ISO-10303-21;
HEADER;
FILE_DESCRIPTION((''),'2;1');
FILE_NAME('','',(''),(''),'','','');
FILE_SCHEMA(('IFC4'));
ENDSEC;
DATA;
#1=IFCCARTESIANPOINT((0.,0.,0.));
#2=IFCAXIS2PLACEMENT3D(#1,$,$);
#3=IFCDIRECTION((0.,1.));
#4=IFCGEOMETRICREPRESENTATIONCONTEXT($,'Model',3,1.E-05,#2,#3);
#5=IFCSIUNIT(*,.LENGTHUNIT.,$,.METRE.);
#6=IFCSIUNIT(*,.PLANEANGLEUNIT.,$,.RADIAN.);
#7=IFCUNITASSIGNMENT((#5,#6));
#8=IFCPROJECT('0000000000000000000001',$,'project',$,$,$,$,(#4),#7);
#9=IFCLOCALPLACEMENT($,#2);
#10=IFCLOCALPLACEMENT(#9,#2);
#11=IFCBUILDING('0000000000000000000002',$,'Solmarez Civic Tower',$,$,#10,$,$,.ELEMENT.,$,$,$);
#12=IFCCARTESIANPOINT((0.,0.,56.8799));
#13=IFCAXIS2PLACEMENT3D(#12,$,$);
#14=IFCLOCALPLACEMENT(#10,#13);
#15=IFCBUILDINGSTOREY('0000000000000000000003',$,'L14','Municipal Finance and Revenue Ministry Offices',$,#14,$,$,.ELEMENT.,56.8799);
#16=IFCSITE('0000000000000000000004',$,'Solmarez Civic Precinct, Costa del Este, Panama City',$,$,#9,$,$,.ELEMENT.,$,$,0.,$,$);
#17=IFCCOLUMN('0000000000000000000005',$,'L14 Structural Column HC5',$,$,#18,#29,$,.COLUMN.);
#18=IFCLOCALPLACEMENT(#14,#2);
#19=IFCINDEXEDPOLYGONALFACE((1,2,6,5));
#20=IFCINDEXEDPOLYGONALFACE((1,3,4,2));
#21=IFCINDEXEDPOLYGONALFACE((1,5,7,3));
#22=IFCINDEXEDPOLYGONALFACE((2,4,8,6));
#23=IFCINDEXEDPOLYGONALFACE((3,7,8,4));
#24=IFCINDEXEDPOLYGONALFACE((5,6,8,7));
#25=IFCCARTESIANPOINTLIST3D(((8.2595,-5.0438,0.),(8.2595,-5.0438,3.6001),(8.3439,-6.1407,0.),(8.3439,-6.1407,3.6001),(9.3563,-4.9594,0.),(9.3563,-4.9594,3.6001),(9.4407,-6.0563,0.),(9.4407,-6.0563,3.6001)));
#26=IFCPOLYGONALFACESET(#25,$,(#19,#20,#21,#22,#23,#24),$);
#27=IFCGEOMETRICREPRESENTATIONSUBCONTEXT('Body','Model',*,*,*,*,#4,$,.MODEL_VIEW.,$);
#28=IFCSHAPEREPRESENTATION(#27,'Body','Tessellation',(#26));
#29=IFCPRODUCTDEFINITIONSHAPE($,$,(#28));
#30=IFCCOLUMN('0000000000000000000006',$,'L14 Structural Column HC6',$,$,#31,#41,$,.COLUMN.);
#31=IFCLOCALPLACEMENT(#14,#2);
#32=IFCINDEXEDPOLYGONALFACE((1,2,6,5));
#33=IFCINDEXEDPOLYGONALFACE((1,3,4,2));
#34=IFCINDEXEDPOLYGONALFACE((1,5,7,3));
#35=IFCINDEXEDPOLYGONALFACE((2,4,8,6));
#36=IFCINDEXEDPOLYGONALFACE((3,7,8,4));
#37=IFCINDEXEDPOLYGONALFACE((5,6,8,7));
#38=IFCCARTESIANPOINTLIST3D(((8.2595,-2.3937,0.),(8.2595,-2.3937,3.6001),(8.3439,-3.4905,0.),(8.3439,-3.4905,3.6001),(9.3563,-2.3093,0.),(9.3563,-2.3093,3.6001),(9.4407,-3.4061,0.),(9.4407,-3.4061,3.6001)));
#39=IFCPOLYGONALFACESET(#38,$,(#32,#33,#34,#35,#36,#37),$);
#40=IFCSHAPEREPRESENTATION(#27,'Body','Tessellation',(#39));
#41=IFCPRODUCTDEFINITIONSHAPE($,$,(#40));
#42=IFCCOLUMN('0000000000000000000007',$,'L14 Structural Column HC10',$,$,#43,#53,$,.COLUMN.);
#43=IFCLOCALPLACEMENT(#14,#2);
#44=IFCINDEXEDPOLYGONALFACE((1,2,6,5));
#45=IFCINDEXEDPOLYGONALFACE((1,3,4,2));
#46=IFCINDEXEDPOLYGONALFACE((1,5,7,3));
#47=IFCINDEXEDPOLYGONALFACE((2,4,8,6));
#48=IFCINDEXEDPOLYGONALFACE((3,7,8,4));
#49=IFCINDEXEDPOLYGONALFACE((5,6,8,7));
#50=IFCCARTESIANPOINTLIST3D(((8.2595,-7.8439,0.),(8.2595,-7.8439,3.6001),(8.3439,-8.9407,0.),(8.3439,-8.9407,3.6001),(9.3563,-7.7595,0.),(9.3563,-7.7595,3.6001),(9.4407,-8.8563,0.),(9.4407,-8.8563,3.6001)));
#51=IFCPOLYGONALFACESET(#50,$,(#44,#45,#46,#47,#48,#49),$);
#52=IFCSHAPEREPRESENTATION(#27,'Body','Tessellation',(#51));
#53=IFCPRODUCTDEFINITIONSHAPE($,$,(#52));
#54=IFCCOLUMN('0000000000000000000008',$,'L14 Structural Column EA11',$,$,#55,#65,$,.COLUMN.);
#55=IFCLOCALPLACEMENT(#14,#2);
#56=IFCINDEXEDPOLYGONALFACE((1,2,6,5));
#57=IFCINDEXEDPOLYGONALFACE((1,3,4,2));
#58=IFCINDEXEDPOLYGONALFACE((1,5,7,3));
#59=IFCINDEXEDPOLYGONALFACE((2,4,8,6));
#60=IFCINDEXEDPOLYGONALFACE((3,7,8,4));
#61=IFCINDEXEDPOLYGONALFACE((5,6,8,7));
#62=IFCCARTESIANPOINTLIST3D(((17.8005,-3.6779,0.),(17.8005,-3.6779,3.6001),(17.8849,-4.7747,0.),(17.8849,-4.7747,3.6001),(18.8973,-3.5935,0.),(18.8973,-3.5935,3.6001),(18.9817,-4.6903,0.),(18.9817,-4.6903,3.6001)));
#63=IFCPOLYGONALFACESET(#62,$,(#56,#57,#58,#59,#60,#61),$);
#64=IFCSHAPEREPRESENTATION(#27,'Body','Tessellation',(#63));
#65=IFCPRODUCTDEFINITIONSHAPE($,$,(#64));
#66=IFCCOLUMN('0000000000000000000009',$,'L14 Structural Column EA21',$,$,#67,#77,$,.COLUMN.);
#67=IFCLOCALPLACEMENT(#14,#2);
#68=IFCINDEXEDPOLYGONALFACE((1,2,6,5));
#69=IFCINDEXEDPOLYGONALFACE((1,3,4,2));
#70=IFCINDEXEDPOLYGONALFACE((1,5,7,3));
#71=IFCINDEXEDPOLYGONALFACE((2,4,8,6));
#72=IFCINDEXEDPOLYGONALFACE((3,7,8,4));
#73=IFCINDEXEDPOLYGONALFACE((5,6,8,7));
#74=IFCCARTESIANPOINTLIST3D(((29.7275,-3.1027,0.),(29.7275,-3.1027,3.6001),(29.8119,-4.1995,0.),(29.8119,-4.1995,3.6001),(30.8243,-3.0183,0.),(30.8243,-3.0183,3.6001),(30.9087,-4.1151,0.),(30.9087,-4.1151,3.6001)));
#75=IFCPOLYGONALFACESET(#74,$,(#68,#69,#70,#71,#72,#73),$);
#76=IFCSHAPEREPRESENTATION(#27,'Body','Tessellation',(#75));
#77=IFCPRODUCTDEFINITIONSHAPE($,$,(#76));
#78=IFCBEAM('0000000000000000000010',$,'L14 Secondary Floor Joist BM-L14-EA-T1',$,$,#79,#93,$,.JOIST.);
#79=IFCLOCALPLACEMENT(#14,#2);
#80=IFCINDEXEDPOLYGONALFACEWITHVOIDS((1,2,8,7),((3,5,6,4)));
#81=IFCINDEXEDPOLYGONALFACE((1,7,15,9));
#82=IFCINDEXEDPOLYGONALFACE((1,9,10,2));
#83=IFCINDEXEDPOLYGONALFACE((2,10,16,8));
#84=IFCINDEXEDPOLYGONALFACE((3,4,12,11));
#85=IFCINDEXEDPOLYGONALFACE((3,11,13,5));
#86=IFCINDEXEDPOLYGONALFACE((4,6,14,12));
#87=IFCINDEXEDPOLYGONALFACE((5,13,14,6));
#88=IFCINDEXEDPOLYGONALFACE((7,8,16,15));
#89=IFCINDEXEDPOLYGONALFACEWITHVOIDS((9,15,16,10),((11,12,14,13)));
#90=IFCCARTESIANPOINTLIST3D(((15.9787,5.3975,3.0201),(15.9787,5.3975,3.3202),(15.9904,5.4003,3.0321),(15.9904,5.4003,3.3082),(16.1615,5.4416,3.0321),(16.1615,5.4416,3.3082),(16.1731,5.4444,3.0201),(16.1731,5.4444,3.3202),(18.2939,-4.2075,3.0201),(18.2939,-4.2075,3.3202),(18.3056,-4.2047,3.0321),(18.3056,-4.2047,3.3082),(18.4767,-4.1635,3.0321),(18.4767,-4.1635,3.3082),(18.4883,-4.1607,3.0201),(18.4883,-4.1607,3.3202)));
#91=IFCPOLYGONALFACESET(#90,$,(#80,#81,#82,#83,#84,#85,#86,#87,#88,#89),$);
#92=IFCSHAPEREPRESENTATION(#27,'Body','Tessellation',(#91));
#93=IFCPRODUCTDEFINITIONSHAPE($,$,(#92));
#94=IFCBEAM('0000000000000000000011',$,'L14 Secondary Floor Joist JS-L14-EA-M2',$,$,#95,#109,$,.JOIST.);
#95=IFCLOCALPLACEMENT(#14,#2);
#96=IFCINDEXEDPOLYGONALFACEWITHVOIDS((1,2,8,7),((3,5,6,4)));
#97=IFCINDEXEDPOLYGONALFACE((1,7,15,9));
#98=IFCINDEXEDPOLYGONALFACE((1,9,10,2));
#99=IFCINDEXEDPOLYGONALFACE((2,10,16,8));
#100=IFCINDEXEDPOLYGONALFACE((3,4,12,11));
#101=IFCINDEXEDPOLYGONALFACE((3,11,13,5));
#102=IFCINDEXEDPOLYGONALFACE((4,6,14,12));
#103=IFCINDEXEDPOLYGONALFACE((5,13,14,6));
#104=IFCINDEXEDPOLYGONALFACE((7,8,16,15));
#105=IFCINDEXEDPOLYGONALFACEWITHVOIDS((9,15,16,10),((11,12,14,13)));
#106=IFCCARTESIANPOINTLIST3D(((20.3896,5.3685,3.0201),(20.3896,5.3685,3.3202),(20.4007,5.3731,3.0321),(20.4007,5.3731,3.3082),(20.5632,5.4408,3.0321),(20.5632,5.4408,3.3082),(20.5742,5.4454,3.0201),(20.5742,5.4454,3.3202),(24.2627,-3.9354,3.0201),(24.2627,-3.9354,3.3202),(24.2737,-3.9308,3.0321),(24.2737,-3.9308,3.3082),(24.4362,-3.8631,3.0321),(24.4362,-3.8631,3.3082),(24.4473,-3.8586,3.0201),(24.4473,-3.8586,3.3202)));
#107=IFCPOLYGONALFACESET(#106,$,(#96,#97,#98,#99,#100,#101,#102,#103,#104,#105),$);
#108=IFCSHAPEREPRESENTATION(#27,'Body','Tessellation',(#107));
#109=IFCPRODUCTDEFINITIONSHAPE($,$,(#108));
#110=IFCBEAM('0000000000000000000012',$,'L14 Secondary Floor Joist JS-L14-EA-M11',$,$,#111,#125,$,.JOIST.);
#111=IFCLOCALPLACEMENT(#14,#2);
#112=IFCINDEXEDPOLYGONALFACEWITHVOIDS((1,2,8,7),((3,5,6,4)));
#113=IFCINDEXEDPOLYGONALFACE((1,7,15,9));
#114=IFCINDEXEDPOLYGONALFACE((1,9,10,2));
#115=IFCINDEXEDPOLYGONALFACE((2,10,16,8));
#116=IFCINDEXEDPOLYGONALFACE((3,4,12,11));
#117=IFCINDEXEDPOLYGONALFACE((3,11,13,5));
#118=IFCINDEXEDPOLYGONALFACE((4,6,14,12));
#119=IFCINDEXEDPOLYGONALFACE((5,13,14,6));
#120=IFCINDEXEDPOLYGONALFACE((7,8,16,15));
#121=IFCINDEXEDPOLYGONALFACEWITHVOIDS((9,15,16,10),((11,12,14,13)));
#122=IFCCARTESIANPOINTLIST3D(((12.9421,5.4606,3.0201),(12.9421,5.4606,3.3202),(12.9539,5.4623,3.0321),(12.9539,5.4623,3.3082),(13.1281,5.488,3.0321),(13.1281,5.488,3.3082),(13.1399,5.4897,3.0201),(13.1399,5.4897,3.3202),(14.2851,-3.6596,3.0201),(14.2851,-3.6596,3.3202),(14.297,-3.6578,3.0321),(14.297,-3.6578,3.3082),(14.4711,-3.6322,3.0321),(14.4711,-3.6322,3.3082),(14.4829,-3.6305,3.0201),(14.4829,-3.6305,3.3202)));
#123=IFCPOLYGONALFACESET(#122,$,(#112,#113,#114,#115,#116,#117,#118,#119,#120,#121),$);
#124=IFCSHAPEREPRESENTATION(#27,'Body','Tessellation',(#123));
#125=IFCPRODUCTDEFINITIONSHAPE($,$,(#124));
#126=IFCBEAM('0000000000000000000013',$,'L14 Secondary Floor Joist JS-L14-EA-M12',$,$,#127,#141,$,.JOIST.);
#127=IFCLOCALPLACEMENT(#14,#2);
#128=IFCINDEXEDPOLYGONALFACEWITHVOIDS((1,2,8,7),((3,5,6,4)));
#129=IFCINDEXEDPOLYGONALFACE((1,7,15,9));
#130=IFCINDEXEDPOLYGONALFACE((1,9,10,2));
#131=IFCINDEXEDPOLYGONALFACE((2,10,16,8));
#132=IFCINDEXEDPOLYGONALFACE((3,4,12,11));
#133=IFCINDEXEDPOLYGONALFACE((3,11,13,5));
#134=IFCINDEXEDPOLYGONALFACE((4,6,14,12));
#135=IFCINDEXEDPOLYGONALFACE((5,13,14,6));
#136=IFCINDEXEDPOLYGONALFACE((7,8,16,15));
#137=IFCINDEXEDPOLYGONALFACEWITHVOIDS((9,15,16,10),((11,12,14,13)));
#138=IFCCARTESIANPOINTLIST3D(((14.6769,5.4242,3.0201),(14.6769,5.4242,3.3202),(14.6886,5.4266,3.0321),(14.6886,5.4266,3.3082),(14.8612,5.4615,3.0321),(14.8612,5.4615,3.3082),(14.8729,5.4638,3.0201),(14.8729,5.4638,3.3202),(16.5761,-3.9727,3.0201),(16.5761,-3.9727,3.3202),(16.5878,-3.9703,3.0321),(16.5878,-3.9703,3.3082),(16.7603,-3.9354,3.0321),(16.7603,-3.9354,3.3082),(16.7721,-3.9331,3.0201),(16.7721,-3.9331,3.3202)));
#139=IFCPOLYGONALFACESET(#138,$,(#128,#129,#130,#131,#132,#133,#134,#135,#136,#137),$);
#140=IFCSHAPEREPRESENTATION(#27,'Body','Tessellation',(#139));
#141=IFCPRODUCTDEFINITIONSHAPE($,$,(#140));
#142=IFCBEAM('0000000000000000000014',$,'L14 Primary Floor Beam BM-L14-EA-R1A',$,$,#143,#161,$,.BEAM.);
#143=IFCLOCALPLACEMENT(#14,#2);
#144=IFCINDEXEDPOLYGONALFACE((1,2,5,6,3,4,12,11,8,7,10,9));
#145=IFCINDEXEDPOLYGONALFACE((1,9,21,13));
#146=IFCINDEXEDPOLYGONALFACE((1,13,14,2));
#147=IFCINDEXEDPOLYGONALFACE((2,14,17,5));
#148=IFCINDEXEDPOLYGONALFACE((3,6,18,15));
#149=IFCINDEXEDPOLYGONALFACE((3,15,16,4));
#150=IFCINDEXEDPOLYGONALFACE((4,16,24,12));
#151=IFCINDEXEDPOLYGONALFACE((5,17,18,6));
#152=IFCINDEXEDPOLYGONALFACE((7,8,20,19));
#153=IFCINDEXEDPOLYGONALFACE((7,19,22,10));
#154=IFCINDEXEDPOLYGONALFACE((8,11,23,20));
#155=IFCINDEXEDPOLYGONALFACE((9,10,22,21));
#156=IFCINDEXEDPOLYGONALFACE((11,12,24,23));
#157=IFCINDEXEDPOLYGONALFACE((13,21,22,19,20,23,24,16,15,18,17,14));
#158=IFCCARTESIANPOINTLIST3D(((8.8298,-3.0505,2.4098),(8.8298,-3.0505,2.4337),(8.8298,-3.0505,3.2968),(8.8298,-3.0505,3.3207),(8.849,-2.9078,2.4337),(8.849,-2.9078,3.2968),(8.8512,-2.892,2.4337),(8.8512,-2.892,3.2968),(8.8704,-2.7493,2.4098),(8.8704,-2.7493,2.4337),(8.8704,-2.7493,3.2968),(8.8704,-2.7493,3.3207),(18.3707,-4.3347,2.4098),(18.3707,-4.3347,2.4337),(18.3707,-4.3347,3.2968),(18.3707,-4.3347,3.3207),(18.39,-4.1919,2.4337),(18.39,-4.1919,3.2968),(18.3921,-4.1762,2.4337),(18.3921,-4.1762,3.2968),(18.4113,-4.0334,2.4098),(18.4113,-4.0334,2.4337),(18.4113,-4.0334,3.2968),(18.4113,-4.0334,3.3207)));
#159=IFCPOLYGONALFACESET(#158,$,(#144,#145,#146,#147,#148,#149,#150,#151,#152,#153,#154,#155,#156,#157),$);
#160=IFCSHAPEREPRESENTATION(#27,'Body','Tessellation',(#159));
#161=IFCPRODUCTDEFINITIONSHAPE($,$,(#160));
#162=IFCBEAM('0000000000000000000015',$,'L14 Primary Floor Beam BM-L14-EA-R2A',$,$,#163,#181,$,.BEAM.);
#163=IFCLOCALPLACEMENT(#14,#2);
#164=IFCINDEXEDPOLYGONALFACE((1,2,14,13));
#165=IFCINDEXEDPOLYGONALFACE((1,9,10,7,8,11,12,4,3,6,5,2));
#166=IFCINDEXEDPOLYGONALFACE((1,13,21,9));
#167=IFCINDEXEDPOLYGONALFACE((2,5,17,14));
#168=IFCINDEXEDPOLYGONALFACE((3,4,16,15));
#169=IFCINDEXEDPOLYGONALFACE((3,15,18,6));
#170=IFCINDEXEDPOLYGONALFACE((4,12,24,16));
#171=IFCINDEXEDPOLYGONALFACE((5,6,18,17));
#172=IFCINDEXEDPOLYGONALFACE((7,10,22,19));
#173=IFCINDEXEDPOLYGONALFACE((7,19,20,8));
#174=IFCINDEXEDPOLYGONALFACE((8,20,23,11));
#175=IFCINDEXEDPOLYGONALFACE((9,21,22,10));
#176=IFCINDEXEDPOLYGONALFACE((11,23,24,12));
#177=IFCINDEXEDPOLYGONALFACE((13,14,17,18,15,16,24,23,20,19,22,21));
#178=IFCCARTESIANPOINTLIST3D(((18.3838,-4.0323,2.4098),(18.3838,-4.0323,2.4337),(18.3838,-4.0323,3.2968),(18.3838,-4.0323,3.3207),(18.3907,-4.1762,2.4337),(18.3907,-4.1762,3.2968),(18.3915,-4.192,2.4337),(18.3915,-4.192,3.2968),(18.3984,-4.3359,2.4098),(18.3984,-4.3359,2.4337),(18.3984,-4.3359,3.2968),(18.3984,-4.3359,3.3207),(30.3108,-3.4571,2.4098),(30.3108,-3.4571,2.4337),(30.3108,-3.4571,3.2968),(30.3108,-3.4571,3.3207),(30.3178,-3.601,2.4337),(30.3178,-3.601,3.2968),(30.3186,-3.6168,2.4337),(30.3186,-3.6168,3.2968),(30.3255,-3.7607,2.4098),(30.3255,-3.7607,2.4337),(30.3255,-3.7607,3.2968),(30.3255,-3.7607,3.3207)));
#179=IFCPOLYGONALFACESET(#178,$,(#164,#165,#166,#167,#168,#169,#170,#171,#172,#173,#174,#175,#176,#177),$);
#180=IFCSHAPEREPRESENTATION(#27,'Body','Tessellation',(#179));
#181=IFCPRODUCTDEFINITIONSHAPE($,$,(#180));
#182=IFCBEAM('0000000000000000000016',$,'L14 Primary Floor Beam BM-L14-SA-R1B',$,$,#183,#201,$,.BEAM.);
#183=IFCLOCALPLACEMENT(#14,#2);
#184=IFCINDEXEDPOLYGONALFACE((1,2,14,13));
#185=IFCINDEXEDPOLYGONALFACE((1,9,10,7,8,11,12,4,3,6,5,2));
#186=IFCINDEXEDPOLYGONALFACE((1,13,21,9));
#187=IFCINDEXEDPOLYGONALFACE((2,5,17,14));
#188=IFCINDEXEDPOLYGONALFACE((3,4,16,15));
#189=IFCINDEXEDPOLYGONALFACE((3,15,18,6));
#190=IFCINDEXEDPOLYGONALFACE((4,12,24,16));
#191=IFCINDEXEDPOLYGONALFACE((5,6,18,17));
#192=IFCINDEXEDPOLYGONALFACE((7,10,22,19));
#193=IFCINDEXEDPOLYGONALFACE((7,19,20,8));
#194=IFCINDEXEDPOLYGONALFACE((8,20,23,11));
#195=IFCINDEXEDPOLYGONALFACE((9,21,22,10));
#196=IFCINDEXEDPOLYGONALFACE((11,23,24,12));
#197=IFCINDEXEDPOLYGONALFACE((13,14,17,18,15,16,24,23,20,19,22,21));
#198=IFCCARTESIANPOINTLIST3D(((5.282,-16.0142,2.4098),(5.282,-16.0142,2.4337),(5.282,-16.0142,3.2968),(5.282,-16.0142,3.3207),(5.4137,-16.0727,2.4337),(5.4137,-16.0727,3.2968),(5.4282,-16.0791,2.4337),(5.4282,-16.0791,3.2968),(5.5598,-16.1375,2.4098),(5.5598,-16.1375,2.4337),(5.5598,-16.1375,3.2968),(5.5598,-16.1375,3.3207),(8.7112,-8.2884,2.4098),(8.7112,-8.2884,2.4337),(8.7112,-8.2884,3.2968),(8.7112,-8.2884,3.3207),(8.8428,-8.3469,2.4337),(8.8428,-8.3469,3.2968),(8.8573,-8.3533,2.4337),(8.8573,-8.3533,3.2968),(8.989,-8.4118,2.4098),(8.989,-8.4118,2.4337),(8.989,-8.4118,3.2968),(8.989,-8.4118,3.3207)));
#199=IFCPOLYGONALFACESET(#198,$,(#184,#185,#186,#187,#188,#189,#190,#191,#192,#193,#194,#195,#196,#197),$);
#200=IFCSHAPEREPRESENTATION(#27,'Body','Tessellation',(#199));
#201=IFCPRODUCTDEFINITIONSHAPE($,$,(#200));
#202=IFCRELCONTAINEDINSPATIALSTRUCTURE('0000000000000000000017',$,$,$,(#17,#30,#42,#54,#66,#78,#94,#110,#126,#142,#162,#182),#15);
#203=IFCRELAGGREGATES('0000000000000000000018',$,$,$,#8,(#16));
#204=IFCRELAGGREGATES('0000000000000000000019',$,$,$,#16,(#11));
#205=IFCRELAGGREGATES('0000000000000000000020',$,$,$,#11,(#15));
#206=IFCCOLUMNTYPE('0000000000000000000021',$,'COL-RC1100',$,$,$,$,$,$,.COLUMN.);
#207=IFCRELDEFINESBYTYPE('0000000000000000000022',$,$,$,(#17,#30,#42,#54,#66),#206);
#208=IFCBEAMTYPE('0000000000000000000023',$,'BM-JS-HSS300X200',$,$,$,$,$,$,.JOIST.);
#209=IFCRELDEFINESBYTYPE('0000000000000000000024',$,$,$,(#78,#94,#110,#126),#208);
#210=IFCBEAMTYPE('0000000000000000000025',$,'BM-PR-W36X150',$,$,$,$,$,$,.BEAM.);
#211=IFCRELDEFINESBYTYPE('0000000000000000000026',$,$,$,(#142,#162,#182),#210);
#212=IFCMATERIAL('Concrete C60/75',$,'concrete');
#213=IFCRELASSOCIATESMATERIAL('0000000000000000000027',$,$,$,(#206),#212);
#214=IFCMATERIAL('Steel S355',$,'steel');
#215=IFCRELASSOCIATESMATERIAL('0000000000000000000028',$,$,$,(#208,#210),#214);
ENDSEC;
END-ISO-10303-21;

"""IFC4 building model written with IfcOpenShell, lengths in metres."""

from ifc_helpers import new_model, si_unit, direction, frame, origin, origin_2d, place, context, subcontext, project, spatial, rectangle, hollow_rectangle, i_section, extrude, material, material_profile, profile_set, type_object, element, save


model = new_model("IFC4")

# Units and contexts
model_context = context("Model", 3, precision=1e-05, world=origin(), true_north=direction((0.0, 1.0)))
body_context = subcontext(model_context, "Body", "Model", "MODEL_VIEW")
ifc_project = project(units=[si_unit("LENGTHUNIT", "METRE"), si_unit("PLANEANGLEUNIT", "RADIAN")], contexts=[model_context])

# Site, building, storey
site_placement = place(None, origin())
site = spatial("IfcSite", under=ifc_project, at=site_placement, Name="Solmarez Civic Precinct, Costa del Este, Panama City", CompositionType="ELEMENT", RefElevation=0.0)
building_placement = place(site_placement, origin())
building = spatial("IfcBuilding", under=site, at=building_placement, Name="Solmarez Civic Tower", CompositionType="ELEMENT")
storey_placement = place(building_placement, frame((0.0, 0.0, 56.8799)))
storey = spatial("IfcBuildingStorey", under=building, at=storey_placement, Name="L14", Description="Municipal Finance and Revenue Ministry Offices", CompositionType="ELEMENT", Elevation=56.8799)

# Columns
ifc_material_1 = material(Name="Concrete C60/75", Category="concrete")
ifc_material_profile_1 = material_profile(ifc_material_1, rectangle(XDim=1.1001, YDim=1.1001, at=origin_2d()), Name="RC1100X1100")
ifc_profile_set_1 = profile_set([ifc_material_profile_1], Name="Concrete C60/75")
column_type = type_object("IfcColumnType", Name="COL-RC1100", PredefinedType="COLUMN", material=ifc_profile_set_1)
for number, where, z_axis, x_axis, name in (
    (1, (8.8501, -5.55, 0.0), (0.0, 0.0, 1.0), (0.997053, 0.076719, 0.0), "L14 Structural Column HC5"),
    (2, (8.8501, -2.8999, 0.0), (0.0, 0.0, 1.0), (0.997053, 0.076719, 0.0), "L14 Structural Column HC6"),
    (3, (8.8501, -8.3501, 0.0), (0.0, 0.0, 1.0), (0.997053, 0.076719, 0.0), "L14 Structural Column HC10"),
    (4, (18.3911, -4.1841, 0.0), (0.0, 0.0, 1.0), (0.997053, 0.076719, 0.0), "L14 Structural Column EA11"),
    (5, (30.3181, -3.6089, 0.0), (0.0, 0.0, 1.0), (0.997053, 0.076719, 0.0), "L14 Structural Column EA21"),
):
    element("IfcColumn", number, at=place(storey_placement, frame(where, z_axis=z_axis, x_axis=x_axis)), inside=storey, type_object=column_type, Name=name, PredefinedType="COLUMN", context=body_context, shape_type="SweptSolid", body=[
        extrude(rectangle(XDim=1.1001, YDim=1.1001, at=origin_2d()), origin(), (0.0, 0.0, 1.0), 3.6001),
    ])

# Beams
ifc_material_2 = material(Name="Steel S355", Category="steel")
ifc_material_profile_2 = material_profile(ifc_material_2, hollow_rectangle(XDim=0.2, YDim=0.3, WallThickness=0.012, at=origin_2d()), Name="HSS300X200X12")
ifc_profile_set_2 = profile_set([ifc_material_profile_2], Name="Steel S355")
beam_type_1 = type_object("IfcBeamType", Name="BM-JS-HSS300X200", PredefinedType="JOIST", material=ifc_profile_set_2)
beam_1_placement = place(storey_placement, frame((18.3911, -4.1841, 3.1702), z_axis=(-0.234329, 0.972157, 0.0), x_axis=(-0.972157, -0.234329, 0.0)))
element("IfcBeam", 6, at=beam_1_placement, inside=storey, type_object=beam_type_1, Name="L14 Secondary Floor Joist BM-L14-EA-T1", PredefinedType="JOIST", context=body_context, shape_type="SweptSolid", body=[
    extrude(hollow_rectangle(XDim=0.2, YDim=0.3, WallThickness=0.012, at=origin_2d()), origin(), (0.0, 0.0, 1.0), 9.8801),
])
beam_2_placement = place(storey_placement, frame((24.355, -3.897, 3.1702), z_axis=(-0.384311, 0.923204, 0.0), x_axis=(-0.923204, -0.384311, 0.0)))
element("IfcBeam", 7, at=beam_2_placement, inside=storey, type_object=beam_type_1, Name="L14 Secondary Floor Joist JS-L14-EA-M2", PredefinedType="JOIST", context=body_context, shape_type="SweptSolid", body=[
    extrude(hollow_rectangle(XDim=0.2, YDim=0.3, WallThickness=0.012, at=origin_2d()), origin(), (0.0, 0.0, 1.0), 10.0779),
])
beam_3_placement = place(storey_placement, frame((14.384, -3.645, 3.1702), z_axis=(-0.145688, 0.989331, 0.0), x_axis=(-0.989331, -0.145688, 0.0)))
element("IfcBeam", 8, at=beam_3_placement, inside=storey, type_object=beam_type_1, Name="L14 Secondary Floor Joist JS-L14-EA-M11", PredefinedType="JOIST", context=body_context, shape_type="SweptSolid", body=[
    extrude(hollow_rectangle(XDim=0.2, YDim=0.3, WallThickness=0.012, at=origin_2d()), origin(), (0.0, 0.0, 1.0), 9.2185),
])
beam_4_placement = place(storey_placement, frame((16.6741, -3.9529, 3.1702), z_axis=(-0.198099, 0.980182, 0.0), x_axis=(-0.980182, -0.198099, 0.0)))
element("IfcBeam", 9, at=beam_4_placement, inside=storey, type_object=beam_type_1, Name="L14 Secondary Floor Joist JS-L14-EA-M12", PredefinedType="JOIST", context=body_context, shape_type="SweptSolid", body=[
    extrude(hollow_rectangle(XDim=0.2, YDim=0.3, WallThickness=0.012, at=origin_2d()), origin(), (0.0, 0.0, 1.0), 9.5869),
])
ifc_material_profile_3 = material_profile(ifc_material_2, i_section(OverallWidth=0.304, OverallDepth=0.9109, WebThickness=0.0159, FlangeThickness=0.0239, at=origin_2d()), Name="W36X150")
ifc_profile_set_3 = profile_set([ifc_material_profile_3], Name="Steel S355")
beam_type_2 = type_object("IfcBeamType", Name="BM-PR-W36X150", PredefinedType="BEAM", material=ifc_profile_set_3)
beam_5_placement = place(storey_placement, frame((8.8501, -2.8999, 2.8652), z_axis=(0.991063, -0.133393, 0.0), x_axis=(0.133393, 0.991063, 0.0)))
element("IfcBeam", 10, at=beam_5_placement, inside=storey, type_object=beam_type_2, Name="L14 Primary Floor Beam BM-L14-EA-R1A", PredefinedType="BEAM", context=body_context, shape_type="SweptSolid", body=[
    extrude(i_section(OverallWidth=0.304, OverallDepth=0.9109, WebThickness=0.0159, FlangeThickness=0.0239, at=origin_2d()), origin(), (0.0, 0.0, 1.0), 9.627),
])
beam_6_placement = place(storey_placement, frame((18.3911, -4.1841, 2.8652), z_axis=(0.998839, 0.04817, 0.0), x_axis=(-0.04817, 0.998839, 0.0)))
element("IfcBeam", 11, at=beam_6_placement, inside=storey, type_object=beam_type_2, Name="L14 Primary Floor Beam BM-L14-EA-R2A", PredefinedType="BEAM", context=body_context, shape_type="SweptSolid", body=[
    extrude(i_section(OverallWidth=0.304, OverallDepth=0.9109, WebThickness=0.0159, FlangeThickness=0.0239, at=origin_2d()), origin(), (0.0, 0.0, 1.0), 11.9409),
])
beam_7_placement = place(storey_placement, frame((8.8501, -8.3501, 2.8652), z_axis=(-0.405694, -0.914009, 0.0), x_axis=(0.914009, -0.405694, 0.0)))
element("IfcBeam", 12, at=beam_7_placement, inside=storey, type_object=beam_type_2, Name="L14 Primary Floor Beam BM-L14-SA-R1B", PredefinedType="BEAM", context=body_context, shape_type="SweptSolid", body=[
    extrude(i_section(OverallWidth=0.304, OverallDepth=0.9109, WebThickness=0.0159, FlangeThickness=0.0239, at=origin_2d()), origin(), (0.0, 0.0, 1.0), 8.4526),
])

save(model, "model.ifc")
